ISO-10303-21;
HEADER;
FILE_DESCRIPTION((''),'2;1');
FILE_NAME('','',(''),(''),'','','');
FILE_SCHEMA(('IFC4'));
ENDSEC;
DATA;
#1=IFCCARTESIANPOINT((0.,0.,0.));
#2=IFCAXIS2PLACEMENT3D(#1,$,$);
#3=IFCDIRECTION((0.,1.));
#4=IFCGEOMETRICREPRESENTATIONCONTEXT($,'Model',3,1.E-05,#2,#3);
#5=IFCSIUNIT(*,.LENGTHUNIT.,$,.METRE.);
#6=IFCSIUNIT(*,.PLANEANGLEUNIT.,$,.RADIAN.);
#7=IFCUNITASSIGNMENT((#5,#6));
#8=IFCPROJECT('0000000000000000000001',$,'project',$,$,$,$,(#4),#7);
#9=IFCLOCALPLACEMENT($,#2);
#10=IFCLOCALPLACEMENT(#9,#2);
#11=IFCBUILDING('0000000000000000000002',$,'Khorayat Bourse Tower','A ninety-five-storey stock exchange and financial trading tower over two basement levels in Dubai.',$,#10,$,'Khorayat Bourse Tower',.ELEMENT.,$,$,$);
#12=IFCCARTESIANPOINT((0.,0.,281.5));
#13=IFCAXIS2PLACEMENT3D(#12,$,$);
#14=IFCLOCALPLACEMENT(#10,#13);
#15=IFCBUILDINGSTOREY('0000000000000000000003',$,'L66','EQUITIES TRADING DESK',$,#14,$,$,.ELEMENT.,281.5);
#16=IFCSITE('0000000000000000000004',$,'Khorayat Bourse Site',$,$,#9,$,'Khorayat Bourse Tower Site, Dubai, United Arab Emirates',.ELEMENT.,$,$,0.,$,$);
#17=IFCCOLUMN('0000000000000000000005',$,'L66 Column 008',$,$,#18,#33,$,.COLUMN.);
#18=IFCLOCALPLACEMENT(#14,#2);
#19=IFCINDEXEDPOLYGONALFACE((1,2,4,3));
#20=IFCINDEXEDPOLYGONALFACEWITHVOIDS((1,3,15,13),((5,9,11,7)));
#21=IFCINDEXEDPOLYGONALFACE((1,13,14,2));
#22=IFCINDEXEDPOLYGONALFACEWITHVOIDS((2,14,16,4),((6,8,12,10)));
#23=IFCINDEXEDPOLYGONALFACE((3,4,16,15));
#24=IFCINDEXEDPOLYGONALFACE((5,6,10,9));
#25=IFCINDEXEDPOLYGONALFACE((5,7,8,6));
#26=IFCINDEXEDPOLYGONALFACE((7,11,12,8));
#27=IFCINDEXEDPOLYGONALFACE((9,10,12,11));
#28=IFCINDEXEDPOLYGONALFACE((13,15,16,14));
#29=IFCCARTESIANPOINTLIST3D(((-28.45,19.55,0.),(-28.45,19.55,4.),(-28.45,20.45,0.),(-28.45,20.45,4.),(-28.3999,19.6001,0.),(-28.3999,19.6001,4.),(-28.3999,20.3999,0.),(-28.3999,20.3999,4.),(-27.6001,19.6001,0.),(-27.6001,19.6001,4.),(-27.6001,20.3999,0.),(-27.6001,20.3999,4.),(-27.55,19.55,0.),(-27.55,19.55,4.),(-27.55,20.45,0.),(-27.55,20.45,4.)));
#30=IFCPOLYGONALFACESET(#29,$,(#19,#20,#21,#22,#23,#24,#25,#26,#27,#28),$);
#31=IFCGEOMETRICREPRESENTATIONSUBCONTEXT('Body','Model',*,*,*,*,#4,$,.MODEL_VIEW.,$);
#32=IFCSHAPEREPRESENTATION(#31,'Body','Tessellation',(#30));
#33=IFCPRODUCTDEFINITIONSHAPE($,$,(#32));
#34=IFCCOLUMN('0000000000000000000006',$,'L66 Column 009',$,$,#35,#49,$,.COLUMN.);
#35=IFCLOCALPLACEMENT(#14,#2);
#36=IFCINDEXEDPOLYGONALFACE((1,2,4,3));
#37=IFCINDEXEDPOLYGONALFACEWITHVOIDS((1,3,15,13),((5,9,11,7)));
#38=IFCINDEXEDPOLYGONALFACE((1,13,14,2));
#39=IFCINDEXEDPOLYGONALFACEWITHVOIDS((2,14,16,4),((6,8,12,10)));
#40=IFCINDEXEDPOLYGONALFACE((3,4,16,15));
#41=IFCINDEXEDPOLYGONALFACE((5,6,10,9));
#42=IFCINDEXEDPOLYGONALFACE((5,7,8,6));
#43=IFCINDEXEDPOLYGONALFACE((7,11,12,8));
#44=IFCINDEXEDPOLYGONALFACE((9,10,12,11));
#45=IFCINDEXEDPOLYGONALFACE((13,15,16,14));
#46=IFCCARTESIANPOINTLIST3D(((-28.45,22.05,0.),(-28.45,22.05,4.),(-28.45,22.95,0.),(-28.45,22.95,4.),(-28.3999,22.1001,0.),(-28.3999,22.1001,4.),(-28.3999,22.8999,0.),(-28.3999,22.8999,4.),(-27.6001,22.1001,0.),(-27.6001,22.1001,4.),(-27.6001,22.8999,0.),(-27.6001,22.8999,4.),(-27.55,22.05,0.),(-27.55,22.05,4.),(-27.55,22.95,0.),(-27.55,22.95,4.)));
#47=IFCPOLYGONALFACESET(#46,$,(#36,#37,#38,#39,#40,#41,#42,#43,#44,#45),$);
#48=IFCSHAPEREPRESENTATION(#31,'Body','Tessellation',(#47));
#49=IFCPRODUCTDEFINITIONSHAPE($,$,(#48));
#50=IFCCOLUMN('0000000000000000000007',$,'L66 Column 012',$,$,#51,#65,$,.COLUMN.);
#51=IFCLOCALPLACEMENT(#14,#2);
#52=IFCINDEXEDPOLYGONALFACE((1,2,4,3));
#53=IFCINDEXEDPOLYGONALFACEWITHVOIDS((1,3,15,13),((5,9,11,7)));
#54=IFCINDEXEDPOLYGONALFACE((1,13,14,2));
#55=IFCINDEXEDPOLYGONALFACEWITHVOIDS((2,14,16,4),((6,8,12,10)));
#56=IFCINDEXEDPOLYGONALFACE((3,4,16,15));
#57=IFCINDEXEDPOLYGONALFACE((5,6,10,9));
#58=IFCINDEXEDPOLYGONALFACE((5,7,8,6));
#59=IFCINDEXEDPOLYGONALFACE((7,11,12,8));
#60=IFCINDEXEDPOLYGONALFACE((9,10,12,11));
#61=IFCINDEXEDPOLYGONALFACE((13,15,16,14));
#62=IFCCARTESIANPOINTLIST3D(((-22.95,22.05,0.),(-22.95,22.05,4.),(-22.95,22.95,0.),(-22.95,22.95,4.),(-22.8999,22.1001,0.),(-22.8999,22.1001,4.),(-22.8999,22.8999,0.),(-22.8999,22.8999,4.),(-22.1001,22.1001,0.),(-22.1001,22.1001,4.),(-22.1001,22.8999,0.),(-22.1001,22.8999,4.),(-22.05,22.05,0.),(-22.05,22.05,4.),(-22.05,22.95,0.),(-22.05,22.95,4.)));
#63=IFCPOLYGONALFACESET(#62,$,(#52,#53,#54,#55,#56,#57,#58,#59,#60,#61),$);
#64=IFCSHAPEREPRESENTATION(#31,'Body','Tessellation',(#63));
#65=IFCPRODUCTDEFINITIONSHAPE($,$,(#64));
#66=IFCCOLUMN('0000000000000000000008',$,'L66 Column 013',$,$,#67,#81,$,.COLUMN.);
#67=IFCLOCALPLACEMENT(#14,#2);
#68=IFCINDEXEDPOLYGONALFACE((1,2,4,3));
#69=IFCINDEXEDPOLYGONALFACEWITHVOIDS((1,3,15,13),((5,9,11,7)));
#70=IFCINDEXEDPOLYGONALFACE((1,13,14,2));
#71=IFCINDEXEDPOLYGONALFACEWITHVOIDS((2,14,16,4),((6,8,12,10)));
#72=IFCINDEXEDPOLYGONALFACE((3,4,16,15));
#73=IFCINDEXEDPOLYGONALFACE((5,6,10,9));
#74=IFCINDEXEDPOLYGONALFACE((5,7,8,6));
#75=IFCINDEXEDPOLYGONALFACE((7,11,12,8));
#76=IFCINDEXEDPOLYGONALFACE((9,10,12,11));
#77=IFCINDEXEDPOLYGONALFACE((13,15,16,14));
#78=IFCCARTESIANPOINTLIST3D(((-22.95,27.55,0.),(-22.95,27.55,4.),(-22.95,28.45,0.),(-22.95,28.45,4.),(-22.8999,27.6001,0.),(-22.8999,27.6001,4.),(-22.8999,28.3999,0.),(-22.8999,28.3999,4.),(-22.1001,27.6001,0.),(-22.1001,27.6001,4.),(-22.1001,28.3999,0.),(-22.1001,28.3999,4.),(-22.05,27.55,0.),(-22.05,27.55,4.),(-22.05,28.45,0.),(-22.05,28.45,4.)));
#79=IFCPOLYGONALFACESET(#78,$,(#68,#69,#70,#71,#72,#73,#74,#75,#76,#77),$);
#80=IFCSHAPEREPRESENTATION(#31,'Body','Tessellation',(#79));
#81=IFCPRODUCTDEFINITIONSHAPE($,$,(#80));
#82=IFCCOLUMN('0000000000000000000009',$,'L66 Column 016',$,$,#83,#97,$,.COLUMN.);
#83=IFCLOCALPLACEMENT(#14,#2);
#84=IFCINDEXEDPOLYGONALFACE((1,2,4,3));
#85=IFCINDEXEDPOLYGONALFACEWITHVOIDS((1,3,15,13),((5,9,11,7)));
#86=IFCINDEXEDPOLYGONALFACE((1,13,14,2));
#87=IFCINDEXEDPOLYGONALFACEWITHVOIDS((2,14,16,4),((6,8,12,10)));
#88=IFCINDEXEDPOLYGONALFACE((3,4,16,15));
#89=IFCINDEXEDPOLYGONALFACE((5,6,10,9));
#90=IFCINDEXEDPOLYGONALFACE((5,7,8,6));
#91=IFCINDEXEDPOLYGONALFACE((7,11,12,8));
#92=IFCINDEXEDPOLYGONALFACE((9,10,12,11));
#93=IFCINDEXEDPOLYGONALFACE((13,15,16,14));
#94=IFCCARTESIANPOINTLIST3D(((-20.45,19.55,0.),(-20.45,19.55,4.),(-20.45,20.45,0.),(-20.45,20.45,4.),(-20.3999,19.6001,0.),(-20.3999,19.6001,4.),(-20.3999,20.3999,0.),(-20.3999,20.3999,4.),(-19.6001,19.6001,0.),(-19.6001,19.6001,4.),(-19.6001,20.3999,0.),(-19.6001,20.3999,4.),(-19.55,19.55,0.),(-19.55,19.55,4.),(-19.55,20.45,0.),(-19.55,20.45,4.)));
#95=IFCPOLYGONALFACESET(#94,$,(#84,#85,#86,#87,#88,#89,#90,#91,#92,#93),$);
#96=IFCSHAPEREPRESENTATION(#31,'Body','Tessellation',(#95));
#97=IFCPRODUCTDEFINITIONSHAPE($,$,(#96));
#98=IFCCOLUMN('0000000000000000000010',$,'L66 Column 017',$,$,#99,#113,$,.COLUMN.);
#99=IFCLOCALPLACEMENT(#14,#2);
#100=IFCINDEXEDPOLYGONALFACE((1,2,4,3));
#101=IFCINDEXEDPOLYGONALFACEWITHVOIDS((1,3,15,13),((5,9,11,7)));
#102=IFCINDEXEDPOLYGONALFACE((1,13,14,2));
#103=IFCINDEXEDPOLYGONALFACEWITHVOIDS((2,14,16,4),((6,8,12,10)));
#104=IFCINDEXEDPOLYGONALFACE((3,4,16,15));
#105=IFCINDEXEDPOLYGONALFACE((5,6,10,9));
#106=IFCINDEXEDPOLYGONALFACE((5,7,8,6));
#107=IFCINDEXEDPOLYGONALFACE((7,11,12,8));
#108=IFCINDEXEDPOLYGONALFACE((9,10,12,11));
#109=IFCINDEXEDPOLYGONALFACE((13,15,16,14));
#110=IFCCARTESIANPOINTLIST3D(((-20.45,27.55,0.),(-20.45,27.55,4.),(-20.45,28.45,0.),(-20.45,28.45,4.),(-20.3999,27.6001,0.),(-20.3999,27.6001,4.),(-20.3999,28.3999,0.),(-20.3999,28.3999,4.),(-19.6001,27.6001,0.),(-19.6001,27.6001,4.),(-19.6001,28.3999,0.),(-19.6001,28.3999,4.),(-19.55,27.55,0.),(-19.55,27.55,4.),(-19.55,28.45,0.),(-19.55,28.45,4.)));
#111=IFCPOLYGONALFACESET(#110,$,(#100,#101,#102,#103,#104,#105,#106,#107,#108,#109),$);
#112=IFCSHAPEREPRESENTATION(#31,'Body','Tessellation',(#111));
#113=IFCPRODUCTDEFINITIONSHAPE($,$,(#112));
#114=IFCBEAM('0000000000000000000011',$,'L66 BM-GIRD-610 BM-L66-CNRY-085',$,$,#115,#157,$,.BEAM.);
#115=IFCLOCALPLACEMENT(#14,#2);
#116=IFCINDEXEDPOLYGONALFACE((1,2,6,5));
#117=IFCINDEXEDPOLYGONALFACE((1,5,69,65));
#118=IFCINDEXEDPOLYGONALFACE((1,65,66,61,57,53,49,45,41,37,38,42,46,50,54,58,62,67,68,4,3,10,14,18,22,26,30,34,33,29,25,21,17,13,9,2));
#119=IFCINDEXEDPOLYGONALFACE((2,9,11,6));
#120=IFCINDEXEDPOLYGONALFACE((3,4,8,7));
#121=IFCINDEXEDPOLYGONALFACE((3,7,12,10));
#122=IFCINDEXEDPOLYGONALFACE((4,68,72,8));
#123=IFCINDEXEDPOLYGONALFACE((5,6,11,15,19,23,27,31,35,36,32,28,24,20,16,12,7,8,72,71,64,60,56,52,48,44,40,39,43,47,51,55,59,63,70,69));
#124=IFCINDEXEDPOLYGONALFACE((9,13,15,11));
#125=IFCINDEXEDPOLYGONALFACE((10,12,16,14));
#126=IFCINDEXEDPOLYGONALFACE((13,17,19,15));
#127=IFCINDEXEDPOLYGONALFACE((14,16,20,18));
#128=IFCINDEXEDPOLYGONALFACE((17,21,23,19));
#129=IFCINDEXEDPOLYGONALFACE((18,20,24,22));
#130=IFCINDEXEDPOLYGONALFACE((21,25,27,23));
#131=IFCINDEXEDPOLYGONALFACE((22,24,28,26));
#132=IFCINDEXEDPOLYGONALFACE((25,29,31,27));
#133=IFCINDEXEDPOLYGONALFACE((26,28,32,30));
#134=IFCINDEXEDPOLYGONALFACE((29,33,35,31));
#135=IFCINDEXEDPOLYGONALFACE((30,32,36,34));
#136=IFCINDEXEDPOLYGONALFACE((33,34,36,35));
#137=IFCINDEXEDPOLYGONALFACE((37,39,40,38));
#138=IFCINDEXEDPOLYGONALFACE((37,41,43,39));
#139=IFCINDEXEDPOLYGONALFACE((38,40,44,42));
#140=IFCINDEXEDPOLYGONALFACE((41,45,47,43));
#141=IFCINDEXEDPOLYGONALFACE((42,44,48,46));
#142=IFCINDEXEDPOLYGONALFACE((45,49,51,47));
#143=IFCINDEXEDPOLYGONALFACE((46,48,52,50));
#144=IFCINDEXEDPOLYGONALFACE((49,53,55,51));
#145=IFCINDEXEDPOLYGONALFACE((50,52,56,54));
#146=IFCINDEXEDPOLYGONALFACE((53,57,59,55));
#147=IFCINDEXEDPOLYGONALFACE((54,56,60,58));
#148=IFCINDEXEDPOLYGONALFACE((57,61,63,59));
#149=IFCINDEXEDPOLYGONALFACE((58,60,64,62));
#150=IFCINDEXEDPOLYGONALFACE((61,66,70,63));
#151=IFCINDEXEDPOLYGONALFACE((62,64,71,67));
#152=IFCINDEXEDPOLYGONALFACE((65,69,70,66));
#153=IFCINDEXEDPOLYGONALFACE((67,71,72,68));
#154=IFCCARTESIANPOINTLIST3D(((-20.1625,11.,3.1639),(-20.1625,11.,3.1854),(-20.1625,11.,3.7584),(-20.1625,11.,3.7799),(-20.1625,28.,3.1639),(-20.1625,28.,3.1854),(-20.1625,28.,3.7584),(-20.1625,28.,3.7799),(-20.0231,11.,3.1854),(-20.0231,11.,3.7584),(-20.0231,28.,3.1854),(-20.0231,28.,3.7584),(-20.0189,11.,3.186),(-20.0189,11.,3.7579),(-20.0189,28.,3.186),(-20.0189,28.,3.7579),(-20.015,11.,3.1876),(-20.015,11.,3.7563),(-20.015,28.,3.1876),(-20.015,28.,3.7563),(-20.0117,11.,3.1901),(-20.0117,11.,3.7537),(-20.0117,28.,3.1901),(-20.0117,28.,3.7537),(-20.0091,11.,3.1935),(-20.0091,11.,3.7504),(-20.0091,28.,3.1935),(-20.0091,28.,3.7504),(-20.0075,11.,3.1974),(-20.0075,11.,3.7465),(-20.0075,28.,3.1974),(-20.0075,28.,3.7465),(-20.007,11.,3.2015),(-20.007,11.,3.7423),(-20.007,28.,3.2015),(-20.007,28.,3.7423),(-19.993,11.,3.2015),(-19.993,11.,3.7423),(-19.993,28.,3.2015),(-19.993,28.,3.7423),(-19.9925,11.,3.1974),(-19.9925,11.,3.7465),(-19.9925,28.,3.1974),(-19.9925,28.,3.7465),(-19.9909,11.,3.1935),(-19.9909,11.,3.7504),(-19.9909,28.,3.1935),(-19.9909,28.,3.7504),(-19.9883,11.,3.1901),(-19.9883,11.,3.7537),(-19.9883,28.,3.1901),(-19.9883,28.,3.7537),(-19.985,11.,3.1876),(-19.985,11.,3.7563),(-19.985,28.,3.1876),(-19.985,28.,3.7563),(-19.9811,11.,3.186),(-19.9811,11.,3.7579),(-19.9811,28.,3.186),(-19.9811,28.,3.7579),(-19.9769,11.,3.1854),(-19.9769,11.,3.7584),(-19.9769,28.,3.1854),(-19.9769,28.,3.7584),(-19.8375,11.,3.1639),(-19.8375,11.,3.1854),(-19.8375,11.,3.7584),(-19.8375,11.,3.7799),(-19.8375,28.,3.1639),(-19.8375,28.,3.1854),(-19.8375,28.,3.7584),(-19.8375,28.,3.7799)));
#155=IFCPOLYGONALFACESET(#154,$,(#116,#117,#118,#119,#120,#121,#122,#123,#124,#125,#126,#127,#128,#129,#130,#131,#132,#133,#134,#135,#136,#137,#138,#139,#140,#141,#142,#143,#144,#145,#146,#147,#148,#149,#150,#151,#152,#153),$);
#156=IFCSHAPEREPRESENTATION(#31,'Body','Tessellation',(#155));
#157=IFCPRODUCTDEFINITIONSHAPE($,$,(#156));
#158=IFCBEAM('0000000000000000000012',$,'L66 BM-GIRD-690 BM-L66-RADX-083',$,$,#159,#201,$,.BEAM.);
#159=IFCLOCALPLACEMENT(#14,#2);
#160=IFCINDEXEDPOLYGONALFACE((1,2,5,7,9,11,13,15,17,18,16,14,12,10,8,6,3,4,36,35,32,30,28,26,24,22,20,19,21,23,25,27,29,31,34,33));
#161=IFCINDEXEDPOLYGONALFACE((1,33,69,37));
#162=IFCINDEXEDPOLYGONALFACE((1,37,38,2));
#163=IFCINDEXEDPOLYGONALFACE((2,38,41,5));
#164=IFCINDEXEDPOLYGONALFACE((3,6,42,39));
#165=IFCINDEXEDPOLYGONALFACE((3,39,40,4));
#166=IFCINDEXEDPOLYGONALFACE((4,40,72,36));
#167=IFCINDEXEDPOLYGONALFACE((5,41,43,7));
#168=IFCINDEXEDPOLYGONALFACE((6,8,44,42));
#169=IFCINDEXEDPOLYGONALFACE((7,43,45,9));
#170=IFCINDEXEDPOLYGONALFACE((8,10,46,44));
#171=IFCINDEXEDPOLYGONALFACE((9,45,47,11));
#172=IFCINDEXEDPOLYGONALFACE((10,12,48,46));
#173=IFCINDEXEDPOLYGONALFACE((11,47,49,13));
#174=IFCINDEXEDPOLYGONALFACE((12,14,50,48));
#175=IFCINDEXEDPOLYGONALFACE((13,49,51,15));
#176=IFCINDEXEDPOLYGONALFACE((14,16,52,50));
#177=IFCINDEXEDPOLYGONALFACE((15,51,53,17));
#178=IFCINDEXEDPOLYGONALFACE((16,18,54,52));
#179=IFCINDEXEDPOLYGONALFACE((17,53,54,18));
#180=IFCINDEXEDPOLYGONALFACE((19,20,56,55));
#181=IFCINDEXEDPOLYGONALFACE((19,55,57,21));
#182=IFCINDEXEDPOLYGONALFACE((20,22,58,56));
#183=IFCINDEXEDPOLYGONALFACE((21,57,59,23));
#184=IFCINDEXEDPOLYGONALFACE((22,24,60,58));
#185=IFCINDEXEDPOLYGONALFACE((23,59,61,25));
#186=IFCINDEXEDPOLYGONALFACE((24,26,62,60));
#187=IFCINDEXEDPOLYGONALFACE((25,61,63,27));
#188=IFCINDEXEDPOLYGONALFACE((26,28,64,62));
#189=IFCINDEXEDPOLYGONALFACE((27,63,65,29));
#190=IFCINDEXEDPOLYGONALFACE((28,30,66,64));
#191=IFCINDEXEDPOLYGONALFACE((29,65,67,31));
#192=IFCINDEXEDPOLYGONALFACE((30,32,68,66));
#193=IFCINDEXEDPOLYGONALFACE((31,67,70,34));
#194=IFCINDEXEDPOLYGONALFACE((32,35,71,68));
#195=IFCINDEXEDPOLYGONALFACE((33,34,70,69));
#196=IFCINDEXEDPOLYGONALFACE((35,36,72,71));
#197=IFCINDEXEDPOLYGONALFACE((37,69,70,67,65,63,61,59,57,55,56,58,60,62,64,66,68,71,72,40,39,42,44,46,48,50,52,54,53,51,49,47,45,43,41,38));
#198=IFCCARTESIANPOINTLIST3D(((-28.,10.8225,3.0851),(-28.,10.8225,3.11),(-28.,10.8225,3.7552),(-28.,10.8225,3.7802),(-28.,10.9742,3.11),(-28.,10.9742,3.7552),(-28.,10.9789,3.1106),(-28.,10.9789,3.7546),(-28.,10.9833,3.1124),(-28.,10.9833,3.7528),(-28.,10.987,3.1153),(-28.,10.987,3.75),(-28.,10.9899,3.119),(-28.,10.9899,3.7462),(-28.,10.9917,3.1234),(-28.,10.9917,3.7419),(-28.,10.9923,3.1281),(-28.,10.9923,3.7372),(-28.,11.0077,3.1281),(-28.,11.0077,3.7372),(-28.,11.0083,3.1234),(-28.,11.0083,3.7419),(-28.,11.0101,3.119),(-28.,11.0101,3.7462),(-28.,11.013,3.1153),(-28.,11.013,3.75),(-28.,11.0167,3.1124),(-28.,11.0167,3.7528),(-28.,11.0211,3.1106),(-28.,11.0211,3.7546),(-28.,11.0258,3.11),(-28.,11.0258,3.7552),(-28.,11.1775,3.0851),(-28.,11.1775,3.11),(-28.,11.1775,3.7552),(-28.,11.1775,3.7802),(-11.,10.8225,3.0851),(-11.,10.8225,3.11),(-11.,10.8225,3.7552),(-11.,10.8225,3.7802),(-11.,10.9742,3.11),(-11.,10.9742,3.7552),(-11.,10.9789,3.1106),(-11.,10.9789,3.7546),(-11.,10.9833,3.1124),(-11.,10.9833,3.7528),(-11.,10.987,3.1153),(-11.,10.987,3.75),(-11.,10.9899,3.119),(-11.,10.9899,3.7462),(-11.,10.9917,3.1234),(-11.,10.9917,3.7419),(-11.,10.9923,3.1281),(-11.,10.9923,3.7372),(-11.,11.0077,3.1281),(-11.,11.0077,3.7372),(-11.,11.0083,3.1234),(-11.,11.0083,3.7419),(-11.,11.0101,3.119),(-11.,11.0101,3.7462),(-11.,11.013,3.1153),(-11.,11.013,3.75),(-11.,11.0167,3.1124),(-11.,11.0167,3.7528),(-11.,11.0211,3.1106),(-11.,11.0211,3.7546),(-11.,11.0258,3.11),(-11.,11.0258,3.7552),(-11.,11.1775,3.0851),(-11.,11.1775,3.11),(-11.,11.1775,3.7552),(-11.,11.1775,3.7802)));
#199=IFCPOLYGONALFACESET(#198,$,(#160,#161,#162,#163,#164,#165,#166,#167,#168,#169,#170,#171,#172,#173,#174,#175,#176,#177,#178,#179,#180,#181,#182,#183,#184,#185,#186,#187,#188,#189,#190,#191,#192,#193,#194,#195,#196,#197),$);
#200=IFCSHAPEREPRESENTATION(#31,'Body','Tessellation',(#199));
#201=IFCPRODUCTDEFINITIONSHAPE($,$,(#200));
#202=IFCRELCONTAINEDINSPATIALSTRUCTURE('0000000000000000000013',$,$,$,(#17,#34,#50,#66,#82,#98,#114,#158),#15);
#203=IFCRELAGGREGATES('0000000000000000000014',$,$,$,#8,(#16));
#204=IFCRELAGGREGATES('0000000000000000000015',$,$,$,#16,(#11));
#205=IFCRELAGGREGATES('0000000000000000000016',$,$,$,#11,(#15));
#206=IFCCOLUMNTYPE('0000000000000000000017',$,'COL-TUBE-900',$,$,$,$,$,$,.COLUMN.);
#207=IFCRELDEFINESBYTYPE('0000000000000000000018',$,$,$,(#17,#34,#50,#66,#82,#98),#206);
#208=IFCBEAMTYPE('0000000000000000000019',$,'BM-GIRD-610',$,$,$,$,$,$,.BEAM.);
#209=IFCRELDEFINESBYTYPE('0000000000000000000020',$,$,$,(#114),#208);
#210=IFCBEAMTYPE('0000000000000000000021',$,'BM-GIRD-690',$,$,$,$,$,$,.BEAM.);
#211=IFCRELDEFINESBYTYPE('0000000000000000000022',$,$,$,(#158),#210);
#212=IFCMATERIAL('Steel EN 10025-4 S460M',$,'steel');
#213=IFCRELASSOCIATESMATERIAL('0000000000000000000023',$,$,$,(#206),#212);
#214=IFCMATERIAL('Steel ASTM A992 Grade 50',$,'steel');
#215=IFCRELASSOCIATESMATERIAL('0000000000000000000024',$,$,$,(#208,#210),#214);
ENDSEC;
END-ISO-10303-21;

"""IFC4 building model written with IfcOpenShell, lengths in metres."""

from ifc_helpers import new_model, si_unit, direction, frame, origin, origin_2d, place, context, subcontext, project, spatial, hollow_rectangle, i_section, extrude, source, transform, mapped, material, material_profile, profile_set, type_object, element, save


model = new_model("IFC4")

# Units and contexts
model_context = context("Model", 3, precision=1e-05, world=origin(), true_north=direction((0.0, 1.0)))
body_context = subcontext(model_context, "Body", "Model", "MODEL_VIEW")
ifc_project = project(units=[si_unit("LENGTHUNIT", "METRE"), si_unit("PLANEANGLEUNIT", "RADIAN")], contexts=[model_context])

# Site, building, storey
site_placement = place(None, origin())
site = spatial("IfcSite", under=ifc_project, at=site_placement, Name="Khorayat Bourse Site", LongName="Khorayat Bourse Tower Site, Dubai, United Arab Emirates", CompositionType="ELEMENT", RefElevation=0.0)
building_placement = place(site_placement, origin())
building = spatial("IfcBuilding", under=site, at=building_placement, Name="Khorayat Bourse Tower", Description="A ninety-five-storey stock exchange and financial trading tower over two basement levels in Dubai.", LongName="Khorayat Bourse Tower", CompositionType="ELEMENT")
storey_placement = place(building_placement, frame((0.0, 0.0, 281.5)))
storey = spatial("IfcBuildingStorey", under=building, at=storey_placement, Name="L66", Description="EQUITIES TRADING DESK", CompositionType="ELEMENT", Elevation=281.5)

# Columns
ifc_material_1 = material(Name="Steel EN 10025-4 S460M", Category="steel")
ifc_material_profile_1 = material_profile(ifc_material_1, hollow_rectangle(XDim=0.8999, YDim=0.8999, WallThickness=0.05, at=origin_2d()), Name="BOX 900x900x50")
ifc_profile_set_1 = profile_set([ifc_material_profile_1], Name="Steel EN 10025-4 S460M")
column_type = type_object("IfcColumnType", Name="COL-TUBE-900", PredefinedType="COLUMN", material=ifc_profile_set_1)
shared_shape_1 = source(origin(), body_context, "Body", "SweptSolid", [
    extrude(hollow_rectangle(XDim=0.8999, YDim=0.8999, WallThickness=0.05, at=origin_2d()), origin(), (0.0, 0.0, 1.0), 4.0),
])
for number, where, z_axis, x_axis, name in (
    (1, (-28.0, 20.0, 0.0), (0.0, 0.0, 1.0), (1.0, 0.0, 0.0), "L66 Column 008"),
    (2, (-28.0, 22.5, 0.0), (0.0, 0.0, 1.0), (1.0, 0.0, 0.0), "L66 Column 009"),
    (3, (-22.5, 22.5, 0.0), (0.0, 0.0, 1.0), (1.0, 0.0, 0.0), "L66 Column 012"),
    (4, (-22.5, 28.0, 0.0), (0.0, 0.0, 1.0), (1.0, 0.0, 0.0), "L66 Column 013"),
    (5, (-20.0, 20.0, 0.0), (0.0, 0.0, 1.0), (1.0, 0.0, 0.0), "L66 Column 016"),
    (6, (-20.0, 28.0, 0.0), (0.0, 0.0, 1.0), (1.0, 0.0, 0.0), "L66 Column 017"),
):
    element("IfcColumn", number, at=place(storey_placement, frame(where, z_axis=z_axis, x_axis=x_axis)), inside=storey, type_object=column_type, Name=name, PredefinedType="COLUMN", context=body_context, shape_type="MappedRepresentation", body=[
        mapped(shared_shape_1, transform((0.0, 0.0, 0.0), scale=1.0)),
    ])

# Beams
ifc_material_2 = material(Name="Steel ASTM A992 Grade 50", Category="steel")
ifc_material_profile_2 = material_profile(ifc_material_2, i_section(OverallWidth=0.325, OverallDepth=0.616, WebThickness=0.0139, FlangeThickness=0.0215, FilletRadius=0.0161, at=origin_2d()), Name="W610X174")
ifc_profile_set_2 = profile_set([ifc_material_profile_2], Name="Steel ASTM A992 Grade 50")
beam_type_1 = type_object("IfcBeamType", Name="BM-GIRD-610", PredefinedType="BEAM", material=ifc_profile_set_2)
shared_shape_2 = source(origin(), body_context, "Body", "SweptSolid", [
    extrude(i_section(OverallWidth=0.325, OverallDepth=0.616, WebThickness=0.0139, FlangeThickness=0.0215, FilletRadius=0.0161, at=origin_2d()), origin(), (0.0, 0.0, 1.0), 17.0),
])
beam_1_placement = place(storey_placement, frame((-20.0, 11.0, 3.4719), z_axis=(0.0, 1.0, 0.0), x_axis=(-1.0, 0.0, 0.0)))
element("IfcBeam", 7, at=beam_1_placement, inside=storey, type_object=beam_type_1, Name="L66 BM-GIRD-610 BM-L66-CNRY-085", PredefinedType="BEAM", context=body_context, shape_type="MappedRepresentation", body=[
    mapped(shared_shape_2, transform((0.0, 0.0, 0.0), scale=1.0)),
])
ifc_material_profile_3 = material_profile(ifc_material_2, i_section(OverallWidth=0.355, OverallDepth=0.6951, WebThickness=0.0154, FlangeThickness=0.0249, FilletRadius=0.0181, at=origin_2d()), Name="W690X217")
ifc_profile_set_3 = profile_set([ifc_material_profile_3], Name="Steel ASTM A992 Grade 50")
beam_type_2 = type_object("IfcBeamType", Name="BM-GIRD-690", PredefinedType="BEAM", material=ifc_profile_set_3)
shared_shape_3 = source(origin(), body_context, "Body", "SweptSolid", [
    extrude(i_section(OverallWidth=0.355, OverallDepth=0.6951, WebThickness=0.0154, FlangeThickness=0.0249, FilletRadius=0.0181, at=origin_2d()), origin(), (0.0, 0.0, 1.0), 17.0),
])
beam_2_placement = place(storey_placement, frame((-28.0, 11.0, 3.4326), z_axis=(1.0, 0.0, 0.0), x_axis=(0.0, 1.0, 0.0)))
element("IfcBeam", 8, at=beam_2_placement, inside=storey, type_object=beam_type_2, Name="L66 BM-GIRD-690 BM-L66-RADX-083", PredefinedType="BEAM", context=body_context, shape_type="MappedRepresentation", body=[
    mapped(shared_shape_3, transform((0.0, 0.0, 0.0), scale=1.0)),
])

save(model, "model.ifc")
